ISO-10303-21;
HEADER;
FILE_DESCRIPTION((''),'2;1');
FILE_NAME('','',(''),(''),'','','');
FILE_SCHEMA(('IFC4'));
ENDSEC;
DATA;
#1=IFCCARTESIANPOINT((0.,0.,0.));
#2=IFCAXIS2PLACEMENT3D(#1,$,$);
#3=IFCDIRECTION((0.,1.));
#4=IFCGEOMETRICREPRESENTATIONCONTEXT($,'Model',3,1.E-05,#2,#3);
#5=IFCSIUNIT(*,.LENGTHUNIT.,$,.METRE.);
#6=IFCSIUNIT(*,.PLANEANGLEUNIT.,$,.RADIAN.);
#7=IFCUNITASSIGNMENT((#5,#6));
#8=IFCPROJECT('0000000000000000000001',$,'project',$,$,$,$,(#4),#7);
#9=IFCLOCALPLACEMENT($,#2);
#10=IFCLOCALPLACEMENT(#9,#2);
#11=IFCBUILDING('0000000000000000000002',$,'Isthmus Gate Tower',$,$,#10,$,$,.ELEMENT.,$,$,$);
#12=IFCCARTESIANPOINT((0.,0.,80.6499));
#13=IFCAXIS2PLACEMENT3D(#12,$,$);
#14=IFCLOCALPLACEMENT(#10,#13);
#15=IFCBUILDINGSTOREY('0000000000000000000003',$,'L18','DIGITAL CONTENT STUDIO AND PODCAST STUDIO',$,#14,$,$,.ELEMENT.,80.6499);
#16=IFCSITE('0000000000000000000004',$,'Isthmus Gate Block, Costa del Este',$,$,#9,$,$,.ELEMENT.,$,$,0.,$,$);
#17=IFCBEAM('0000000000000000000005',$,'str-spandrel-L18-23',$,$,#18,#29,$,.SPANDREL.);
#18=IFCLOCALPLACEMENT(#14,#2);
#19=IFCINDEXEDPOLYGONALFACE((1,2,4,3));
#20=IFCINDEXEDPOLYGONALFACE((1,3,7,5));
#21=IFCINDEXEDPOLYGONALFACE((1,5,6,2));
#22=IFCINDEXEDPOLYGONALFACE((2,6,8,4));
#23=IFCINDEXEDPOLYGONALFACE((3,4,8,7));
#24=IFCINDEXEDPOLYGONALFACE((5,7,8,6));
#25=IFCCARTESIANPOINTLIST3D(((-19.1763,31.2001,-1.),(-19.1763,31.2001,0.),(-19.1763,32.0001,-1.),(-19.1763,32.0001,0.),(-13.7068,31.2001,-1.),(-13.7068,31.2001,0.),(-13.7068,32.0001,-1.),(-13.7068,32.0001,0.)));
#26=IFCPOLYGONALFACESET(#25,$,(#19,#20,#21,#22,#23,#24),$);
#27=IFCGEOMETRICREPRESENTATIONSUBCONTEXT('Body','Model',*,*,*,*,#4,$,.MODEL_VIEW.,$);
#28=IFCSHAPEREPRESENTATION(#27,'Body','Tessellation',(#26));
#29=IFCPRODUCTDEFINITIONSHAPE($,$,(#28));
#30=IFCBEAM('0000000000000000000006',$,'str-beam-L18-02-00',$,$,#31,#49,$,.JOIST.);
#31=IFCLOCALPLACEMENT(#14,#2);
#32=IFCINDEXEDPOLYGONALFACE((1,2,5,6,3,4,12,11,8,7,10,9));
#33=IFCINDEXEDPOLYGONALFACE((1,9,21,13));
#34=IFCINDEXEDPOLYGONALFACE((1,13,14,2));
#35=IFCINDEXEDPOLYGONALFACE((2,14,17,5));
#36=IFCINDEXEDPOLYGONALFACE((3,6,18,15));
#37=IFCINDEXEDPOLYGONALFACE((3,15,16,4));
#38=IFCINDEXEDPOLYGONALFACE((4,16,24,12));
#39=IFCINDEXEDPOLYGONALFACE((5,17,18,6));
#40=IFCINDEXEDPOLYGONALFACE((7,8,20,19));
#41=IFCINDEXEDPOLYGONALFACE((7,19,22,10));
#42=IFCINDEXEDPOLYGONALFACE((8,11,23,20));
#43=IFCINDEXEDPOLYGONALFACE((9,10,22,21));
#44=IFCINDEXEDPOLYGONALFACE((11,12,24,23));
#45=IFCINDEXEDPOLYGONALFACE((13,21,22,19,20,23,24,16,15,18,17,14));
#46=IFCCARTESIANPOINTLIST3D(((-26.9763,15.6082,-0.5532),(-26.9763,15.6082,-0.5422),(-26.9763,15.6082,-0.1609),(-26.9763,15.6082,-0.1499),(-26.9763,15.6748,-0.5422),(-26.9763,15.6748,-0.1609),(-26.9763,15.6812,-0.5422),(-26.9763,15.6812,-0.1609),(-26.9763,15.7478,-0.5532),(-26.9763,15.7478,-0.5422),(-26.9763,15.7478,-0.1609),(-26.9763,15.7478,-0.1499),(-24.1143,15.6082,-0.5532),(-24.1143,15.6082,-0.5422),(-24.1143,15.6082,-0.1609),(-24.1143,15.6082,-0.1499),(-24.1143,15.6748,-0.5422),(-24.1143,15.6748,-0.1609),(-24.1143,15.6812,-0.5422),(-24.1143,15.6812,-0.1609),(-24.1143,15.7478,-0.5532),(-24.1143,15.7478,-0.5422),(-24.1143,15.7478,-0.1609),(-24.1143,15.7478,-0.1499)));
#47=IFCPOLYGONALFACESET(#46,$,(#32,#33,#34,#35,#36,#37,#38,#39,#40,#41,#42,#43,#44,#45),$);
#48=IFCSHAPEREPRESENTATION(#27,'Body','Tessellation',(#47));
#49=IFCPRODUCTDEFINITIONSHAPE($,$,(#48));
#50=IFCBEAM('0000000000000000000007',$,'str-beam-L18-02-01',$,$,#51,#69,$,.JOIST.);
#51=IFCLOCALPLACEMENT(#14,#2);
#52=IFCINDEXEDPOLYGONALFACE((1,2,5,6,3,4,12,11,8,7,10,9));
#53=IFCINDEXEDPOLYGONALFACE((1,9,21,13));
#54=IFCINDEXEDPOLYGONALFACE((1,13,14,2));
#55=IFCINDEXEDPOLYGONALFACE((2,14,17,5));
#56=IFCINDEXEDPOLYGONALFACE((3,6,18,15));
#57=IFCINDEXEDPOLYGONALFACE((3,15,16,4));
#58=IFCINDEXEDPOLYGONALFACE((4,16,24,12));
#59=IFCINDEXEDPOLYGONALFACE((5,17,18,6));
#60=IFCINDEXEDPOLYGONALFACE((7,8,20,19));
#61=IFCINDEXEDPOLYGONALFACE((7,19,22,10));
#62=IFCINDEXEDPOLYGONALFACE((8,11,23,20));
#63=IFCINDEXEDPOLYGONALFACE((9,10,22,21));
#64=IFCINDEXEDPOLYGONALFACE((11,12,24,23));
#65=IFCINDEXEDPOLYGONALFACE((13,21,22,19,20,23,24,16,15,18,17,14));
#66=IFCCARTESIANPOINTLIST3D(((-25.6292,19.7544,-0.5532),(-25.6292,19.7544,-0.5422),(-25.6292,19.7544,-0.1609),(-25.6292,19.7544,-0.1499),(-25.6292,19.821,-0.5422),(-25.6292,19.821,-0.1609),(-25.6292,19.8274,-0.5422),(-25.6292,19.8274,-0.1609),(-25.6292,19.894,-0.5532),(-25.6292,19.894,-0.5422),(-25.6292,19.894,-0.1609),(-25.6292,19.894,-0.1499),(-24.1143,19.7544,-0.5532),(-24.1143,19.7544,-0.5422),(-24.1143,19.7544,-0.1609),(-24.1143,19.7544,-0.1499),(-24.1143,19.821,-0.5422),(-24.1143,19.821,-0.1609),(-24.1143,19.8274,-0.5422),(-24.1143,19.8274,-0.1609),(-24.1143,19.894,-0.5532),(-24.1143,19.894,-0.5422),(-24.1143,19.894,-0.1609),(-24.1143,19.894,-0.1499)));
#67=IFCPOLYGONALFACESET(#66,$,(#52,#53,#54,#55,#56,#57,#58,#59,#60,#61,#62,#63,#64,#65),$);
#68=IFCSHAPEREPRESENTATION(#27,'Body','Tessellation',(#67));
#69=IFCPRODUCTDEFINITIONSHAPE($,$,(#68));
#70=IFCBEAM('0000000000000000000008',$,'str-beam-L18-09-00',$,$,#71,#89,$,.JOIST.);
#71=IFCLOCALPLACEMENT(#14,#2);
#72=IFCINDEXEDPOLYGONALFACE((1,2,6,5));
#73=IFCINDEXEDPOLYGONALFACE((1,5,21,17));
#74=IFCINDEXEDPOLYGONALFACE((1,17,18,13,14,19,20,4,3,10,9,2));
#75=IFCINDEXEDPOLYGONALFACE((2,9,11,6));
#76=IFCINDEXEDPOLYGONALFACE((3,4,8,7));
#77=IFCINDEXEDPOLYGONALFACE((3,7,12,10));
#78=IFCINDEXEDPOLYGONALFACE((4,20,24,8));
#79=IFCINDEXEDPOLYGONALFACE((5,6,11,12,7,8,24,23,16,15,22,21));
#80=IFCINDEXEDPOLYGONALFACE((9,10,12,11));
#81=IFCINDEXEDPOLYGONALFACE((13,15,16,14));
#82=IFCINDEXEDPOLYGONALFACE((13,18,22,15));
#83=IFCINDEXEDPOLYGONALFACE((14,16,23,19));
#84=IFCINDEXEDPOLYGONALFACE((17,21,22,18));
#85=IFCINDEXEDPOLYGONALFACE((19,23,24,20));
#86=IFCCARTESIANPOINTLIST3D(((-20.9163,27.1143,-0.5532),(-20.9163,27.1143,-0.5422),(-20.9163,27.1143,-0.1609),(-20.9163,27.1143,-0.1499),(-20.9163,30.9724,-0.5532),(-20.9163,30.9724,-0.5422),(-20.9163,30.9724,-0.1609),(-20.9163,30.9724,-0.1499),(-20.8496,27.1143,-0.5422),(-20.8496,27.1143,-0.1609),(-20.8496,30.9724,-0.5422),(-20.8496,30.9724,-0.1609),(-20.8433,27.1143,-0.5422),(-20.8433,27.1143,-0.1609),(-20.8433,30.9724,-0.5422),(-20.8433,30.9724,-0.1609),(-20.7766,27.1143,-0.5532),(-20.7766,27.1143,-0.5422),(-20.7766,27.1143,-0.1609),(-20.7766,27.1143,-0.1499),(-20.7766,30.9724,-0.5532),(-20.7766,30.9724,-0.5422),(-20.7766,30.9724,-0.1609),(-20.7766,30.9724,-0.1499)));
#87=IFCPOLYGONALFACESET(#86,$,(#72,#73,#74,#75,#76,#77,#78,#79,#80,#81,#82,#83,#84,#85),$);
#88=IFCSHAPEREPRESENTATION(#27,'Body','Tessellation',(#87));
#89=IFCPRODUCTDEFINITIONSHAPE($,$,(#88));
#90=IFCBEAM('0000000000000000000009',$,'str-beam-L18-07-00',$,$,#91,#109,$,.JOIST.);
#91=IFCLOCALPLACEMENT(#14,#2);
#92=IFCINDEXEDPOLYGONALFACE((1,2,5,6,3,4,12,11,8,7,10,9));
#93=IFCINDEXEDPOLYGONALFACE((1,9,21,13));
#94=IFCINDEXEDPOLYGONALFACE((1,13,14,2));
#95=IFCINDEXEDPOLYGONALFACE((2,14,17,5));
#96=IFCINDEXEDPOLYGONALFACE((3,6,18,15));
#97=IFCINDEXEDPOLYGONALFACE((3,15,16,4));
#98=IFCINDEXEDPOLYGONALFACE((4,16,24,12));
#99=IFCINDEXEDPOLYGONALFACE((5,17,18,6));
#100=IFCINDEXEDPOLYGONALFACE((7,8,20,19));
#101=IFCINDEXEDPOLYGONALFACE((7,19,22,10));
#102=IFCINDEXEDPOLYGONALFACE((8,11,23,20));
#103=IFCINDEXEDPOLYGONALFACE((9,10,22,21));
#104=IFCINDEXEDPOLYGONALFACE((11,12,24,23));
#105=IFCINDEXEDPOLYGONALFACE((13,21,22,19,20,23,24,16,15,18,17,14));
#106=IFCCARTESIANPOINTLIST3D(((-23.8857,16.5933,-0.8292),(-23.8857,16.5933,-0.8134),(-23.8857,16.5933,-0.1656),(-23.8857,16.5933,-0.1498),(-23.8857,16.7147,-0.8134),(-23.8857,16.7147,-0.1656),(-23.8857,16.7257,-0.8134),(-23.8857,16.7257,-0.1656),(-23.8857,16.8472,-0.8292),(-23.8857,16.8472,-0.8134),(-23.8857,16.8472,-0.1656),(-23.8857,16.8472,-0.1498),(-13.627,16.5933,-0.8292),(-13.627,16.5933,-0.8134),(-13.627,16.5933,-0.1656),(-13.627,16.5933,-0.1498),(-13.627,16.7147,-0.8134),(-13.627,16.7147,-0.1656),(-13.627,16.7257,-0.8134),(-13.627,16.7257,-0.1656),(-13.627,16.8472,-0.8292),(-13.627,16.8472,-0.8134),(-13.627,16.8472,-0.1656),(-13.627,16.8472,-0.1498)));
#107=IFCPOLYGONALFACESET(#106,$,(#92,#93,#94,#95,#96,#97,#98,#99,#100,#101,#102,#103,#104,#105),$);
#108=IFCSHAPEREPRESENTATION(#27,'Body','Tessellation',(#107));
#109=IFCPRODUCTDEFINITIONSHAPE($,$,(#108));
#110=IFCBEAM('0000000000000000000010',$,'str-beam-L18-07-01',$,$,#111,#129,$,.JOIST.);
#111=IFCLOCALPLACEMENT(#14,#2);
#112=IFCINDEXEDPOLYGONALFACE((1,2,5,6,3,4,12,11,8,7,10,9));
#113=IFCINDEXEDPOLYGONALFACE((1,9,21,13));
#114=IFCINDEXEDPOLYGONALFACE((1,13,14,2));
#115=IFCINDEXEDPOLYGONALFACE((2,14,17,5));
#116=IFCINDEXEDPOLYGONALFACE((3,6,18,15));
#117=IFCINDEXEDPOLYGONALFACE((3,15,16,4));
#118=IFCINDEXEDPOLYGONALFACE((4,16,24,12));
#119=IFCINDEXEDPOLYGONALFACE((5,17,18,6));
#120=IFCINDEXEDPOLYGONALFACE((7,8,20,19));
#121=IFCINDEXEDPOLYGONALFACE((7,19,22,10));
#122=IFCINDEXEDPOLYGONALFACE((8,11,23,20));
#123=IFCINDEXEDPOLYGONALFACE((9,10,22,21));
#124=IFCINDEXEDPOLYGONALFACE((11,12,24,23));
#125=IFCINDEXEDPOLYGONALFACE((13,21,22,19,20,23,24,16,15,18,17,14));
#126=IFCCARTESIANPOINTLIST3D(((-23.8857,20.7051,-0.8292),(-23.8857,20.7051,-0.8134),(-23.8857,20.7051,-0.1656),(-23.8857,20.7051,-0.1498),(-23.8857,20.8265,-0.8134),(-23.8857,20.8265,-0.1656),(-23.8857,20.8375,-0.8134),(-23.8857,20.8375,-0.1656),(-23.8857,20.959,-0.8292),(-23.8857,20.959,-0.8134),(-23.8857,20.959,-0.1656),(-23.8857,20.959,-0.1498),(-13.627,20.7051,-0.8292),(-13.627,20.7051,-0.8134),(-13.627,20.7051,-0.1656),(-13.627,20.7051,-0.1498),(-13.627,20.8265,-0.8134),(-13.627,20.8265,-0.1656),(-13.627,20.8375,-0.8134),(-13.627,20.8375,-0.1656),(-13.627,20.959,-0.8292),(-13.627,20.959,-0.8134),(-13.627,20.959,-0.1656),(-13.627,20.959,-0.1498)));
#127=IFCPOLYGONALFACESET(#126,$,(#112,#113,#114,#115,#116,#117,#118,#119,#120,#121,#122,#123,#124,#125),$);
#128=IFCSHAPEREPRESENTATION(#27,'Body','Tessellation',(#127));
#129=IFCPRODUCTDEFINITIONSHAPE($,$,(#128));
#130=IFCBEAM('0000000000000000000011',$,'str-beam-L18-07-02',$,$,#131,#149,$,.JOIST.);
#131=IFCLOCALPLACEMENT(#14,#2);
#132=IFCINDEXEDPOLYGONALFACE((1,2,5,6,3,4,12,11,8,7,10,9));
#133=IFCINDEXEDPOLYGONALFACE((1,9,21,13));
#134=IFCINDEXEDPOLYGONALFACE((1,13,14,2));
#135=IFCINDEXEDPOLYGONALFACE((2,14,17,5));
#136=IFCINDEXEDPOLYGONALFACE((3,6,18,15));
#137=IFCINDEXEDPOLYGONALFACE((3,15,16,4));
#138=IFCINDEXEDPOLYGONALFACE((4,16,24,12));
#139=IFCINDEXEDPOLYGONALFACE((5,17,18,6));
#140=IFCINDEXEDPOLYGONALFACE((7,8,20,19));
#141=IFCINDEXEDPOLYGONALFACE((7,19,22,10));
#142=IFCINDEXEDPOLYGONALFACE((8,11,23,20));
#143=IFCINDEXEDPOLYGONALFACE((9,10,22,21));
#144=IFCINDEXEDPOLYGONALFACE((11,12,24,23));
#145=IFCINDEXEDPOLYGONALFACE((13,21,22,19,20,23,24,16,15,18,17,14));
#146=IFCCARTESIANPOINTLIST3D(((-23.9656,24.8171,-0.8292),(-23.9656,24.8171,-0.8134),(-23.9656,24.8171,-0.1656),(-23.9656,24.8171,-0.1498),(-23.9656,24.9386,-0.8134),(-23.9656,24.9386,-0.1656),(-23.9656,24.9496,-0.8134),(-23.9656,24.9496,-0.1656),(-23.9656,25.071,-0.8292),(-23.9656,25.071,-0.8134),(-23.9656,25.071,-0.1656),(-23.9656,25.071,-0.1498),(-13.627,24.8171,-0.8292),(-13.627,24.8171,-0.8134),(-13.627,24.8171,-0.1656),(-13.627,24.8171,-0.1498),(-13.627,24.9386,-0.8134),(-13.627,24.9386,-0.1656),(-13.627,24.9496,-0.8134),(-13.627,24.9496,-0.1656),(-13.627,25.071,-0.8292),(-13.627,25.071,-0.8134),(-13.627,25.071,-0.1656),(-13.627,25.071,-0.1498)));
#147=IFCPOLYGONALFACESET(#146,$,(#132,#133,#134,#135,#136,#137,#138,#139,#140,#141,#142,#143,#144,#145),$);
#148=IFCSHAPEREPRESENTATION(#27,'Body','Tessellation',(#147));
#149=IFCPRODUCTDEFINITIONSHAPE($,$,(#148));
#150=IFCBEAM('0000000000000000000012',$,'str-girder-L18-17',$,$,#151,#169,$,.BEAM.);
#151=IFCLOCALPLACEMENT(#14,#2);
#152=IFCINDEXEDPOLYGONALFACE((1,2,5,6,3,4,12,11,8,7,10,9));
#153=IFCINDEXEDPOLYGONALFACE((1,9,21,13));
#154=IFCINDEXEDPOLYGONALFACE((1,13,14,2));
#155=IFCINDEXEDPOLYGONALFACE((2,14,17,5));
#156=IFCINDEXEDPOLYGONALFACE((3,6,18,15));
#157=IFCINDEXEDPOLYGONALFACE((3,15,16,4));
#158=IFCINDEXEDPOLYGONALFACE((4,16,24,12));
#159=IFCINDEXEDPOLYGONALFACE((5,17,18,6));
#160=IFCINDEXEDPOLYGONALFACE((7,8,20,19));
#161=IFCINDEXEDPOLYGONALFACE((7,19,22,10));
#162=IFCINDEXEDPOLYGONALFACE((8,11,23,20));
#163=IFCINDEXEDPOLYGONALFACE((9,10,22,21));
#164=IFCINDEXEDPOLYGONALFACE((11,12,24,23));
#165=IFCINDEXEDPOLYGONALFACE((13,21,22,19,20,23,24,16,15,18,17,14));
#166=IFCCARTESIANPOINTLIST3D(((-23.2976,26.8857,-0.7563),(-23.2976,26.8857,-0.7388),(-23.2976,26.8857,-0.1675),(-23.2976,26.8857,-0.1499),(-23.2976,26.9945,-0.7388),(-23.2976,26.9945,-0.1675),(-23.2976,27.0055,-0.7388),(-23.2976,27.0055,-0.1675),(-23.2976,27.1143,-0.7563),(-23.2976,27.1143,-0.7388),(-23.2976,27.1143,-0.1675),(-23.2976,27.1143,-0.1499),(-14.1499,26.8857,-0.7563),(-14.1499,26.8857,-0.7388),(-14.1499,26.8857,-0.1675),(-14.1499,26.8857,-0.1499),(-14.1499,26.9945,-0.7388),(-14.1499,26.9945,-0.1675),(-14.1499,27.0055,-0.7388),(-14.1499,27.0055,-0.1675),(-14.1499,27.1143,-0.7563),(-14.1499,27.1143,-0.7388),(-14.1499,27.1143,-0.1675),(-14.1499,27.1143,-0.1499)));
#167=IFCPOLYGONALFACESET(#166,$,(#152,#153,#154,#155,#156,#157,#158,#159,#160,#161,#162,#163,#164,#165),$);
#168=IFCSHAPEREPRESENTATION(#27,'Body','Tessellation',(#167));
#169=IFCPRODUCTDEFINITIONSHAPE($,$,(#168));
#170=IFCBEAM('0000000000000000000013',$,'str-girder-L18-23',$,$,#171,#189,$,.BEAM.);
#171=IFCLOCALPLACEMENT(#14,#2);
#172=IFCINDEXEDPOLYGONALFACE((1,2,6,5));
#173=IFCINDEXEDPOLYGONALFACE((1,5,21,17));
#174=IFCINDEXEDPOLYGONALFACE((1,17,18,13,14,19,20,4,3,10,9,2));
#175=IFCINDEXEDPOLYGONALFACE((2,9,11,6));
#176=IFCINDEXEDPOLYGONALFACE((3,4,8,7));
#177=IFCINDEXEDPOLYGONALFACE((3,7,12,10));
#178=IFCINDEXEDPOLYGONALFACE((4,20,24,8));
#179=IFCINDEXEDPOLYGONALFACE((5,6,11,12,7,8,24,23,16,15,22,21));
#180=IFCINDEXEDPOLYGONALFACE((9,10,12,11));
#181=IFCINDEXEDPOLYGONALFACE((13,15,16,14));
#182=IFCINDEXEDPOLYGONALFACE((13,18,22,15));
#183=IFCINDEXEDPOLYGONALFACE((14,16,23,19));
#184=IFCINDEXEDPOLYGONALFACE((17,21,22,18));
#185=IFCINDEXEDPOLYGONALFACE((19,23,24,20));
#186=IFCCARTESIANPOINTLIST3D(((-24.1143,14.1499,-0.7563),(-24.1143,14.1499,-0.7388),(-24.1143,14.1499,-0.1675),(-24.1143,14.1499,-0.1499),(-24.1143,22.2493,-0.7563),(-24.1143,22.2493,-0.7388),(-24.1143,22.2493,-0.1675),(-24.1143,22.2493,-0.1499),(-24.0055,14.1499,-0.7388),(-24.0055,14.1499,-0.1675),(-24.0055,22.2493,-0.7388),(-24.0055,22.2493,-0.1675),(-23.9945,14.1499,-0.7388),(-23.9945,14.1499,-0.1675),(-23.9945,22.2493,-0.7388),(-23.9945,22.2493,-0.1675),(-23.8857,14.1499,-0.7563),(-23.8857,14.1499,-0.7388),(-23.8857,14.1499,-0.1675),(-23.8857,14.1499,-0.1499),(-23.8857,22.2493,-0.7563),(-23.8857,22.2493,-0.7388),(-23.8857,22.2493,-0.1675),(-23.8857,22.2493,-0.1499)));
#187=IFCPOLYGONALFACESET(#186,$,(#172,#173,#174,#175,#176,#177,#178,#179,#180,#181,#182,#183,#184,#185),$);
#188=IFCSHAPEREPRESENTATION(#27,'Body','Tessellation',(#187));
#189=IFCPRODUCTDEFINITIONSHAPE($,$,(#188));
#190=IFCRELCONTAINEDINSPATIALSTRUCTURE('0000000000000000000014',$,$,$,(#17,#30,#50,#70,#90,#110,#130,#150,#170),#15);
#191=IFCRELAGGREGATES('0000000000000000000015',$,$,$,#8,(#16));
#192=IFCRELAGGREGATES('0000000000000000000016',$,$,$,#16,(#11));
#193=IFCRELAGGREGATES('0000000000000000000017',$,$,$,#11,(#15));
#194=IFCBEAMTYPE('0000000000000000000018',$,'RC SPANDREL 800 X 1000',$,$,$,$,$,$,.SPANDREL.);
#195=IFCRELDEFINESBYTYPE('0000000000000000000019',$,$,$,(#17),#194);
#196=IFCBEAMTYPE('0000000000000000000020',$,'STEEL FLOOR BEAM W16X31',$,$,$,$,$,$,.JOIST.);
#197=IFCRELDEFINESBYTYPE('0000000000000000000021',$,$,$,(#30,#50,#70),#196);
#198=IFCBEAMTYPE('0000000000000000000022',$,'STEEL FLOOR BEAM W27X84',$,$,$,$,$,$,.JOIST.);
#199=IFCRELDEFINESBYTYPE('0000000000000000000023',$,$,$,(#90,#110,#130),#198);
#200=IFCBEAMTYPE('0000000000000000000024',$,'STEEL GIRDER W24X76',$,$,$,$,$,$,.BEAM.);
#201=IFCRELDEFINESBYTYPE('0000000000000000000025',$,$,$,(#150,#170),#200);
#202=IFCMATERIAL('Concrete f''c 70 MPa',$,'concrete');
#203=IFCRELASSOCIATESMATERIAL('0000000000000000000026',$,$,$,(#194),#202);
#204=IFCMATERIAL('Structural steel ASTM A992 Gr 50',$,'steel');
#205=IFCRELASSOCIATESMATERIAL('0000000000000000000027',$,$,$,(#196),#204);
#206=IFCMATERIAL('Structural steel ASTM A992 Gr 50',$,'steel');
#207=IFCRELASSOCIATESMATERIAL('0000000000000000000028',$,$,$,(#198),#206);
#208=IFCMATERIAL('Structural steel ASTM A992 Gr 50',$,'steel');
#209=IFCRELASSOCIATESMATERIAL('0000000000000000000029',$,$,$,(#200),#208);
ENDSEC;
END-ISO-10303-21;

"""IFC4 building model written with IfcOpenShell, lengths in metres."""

from ifc_helpers import new_model, si_unit, direction, frame, origin, origin_2d, place, context, subcontext, project, spatial, rectangle, i_section, extrude, material, material_profile, profile_set, type_object, element, save


model = new_model("IFC4")

# Units and contexts
model_context = context("Model", 3, precision=1e-05, world=origin(), true_north=direction((0.0, 1.0)))
body_context = subcontext(model_context, "Body", "Model", "MODEL_VIEW")
ifc_project = project(units=[si_unit("LENGTHUNIT", "METRE"), si_unit("PLANEANGLEUNIT", "RADIAN")], contexts=[model_context])

# Site, building, storey
site_placement = place(None, origin())
site = spatial("IfcSite", under=ifc_project, at=site_placement, Name="Isthmus Gate Block, Costa del Este", CompositionType="ELEMENT", RefElevation=0.0)
building_placement = place(site_placement, origin())
building = spatial("IfcBuilding", under=site, at=building_placement, Name="Isthmus Gate Tower", CompositionType="ELEMENT")
storey_placement = place(building_placement, frame((0.0, 0.0, 80.6499)))
storey = spatial("IfcBuildingStorey", under=building, at=storey_placement, Name="L18", Description="DIGITAL CONTENT STUDIO AND PODCAST STUDIO", CompositionType="ELEMENT", Elevation=80.6499)

# Beams
ifc_material_1 = material(Name="Concrete f'c 70 MPa", Category="concrete")
ifc_material_profile_1 = material_profile(ifc_material_1, rectangle(XDim=0.8, YDim=1.0, at=origin_2d()), Name="RC 800X1000")
ifc_profile_set_1 = profile_set([ifc_material_profile_1], Name="Concrete f'c 70 MPa")
beam_type_1 = type_object("IfcBeamType", Name="RC SPANDREL 800 X 1000", PredefinedType="SPANDREL", material=ifc_profile_set_1)
beam_1_placement = place(storey_placement, frame((-19.1763, 31.6001, -0.5), z_axis=(1.0, 0.0, 0.0), x_axis=(0.0, 1.0, 0.0)))
element("IfcBeam", 1, at=beam_1_placement, inside=storey, type_object=beam_type_1, Name="str-spandrel-L18-23", PredefinedType="SPANDREL", context=body_context, shape_type="SweptSolid", body=[
    extrude(rectangle(XDim=0.8, YDim=1.0, at=origin_2d()), origin(), (0.0, 0.0, 1.0), 5.4695),
])
ifc_material_2 = material(Name="Structural steel ASTM A992 Gr 50", Category="steel")
ifc_material_profile_2 = material_profile(ifc_material_2, i_section(OverallWidth=0.1396, OverallDepth=0.4033, WebThickness=0.0063, FlangeThickness=0.011, at=origin_2d()), Name="W16X31")
ifc_profile_set_2 = profile_set([ifc_material_profile_2], Name="Structural steel ASTM A992 Gr 50")
beam_type_2 = type_object("IfcBeamType", Name="STEEL FLOOR BEAM W16X31", PredefinedType="JOIST", material=ifc_profile_set_2)
beam_2_placement = place(storey_placement, frame((-26.9763, 15.678, -0.3516), z_axis=(1.0, 0.0, 0.0), x_axis=(0.0, 1.0, 0.0)))
element("IfcBeam", 2, at=beam_2_placement, inside=storey, type_object=beam_type_2, Name="str-beam-L18-02-00", PredefinedType="JOIST", context=body_context, shape_type="SweptSolid", body=[
    extrude(i_section(OverallWidth=0.1396, OverallDepth=0.4033, WebThickness=0.0063, FlangeThickness=0.011, at=origin_2d()), origin(), (0.0, 0.0, 1.0), 2.8621),
])
beam_3_placement = place(storey_placement, frame((-25.6292, 19.8242, -0.3516), z_axis=(1.0, 0.0, 0.0), x_axis=(0.0, 1.0, 0.0)))
element("IfcBeam", 3, at=beam_3_placement, inside=storey, type_object=beam_type_2, Name="str-beam-L18-02-01", PredefinedType="JOIST", context=body_context, shape_type="SweptSolid", body=[
    extrude(i_section(OverallWidth=0.1396, OverallDepth=0.4033, WebThickness=0.0063, FlangeThickness=0.011, at=origin_2d()), origin(), (0.0, 0.0, 1.0), 1.5149),
])
beam_4_placement = place(storey_placement, frame((-20.8464, 27.1143, -0.3516), z_axis=(0.0, 1.0, 0.0), x_axis=(-1.0, 0.0, 0.0)))
element("IfcBeam", 4, at=beam_4_placement, inside=storey, type_object=beam_type_2, Name="str-beam-L18-09-00", PredefinedType="JOIST", context=body_context, shape_type="SweptSolid", body=[
    extrude(i_section(OverallWidth=0.1396, OverallDepth=0.4033, WebThickness=0.0063, FlangeThickness=0.011, at=origin_2d()), origin(), (0.0, 0.0, 1.0), 3.8582),
])
ifc_material_3 = material(Name="Structural steel ASTM A992 Gr 50", Category="steel")
ifc_material_profile_3 = material_profile(ifc_material_3, i_section(OverallWidth=0.2539, OverallDepth=0.6794, WebThickness=0.011, FlangeThickness=0.0159, at=origin_2d()), Name="W27X84")
ifc_profile_set_3 = profile_set([ifc_material_profile_3], Name="Structural steel ASTM A992 Gr 50")
beam_type_3 = type_object("IfcBeamType", Name="STEEL FLOOR BEAM W27X84", PredefinedType="JOIST", material=ifc_profile_set_3)
for number, where, z_axis, x_axis, name in (
    (5, (-23.8857, 16.7202, -0.4895), (1.0, 0.0, 0.0), (0.0, 1.0, 0.0), "str-beam-L18-07-00"),
    (6, (-23.8857, 20.832, -0.4895), (1.0, 0.0, 0.0), (0.0, 1.0, 0.0), "str-beam-L18-07-01"),
):
    element("IfcBeam", number, at=place(storey_placement, frame(where, z_axis=z_axis, x_axis=x_axis)), inside=storey, type_object=beam_type_3, Name=name, PredefinedType="JOIST", context=body_context, shape_type="SweptSolid", body=[
        extrude(i_section(OverallWidth=0.2539, OverallDepth=0.6794, WebThickness=0.011, FlangeThickness=0.0159, at=origin_2d()), origin(), (0.0, 0.0, 1.0), 10.2588),
    ])
beam_5_placement = place(storey_placement, frame((-23.9656, 24.9441, -0.4895), z_axis=(1.0, 0.0, 0.0), x_axis=(0.0, 1.0, 0.0)))
element("IfcBeam", 7, at=beam_5_placement, inside=storey, type_object=beam_type_3, Name="str-beam-L18-07-02", PredefinedType="JOIST", context=body_context, shape_type="SweptSolid", body=[
    extrude(i_section(OverallWidth=0.2539, OverallDepth=0.6794, WebThickness=0.011, FlangeThickness=0.0159, at=origin_2d()), origin(), (0.0, 0.0, 1.0), 10.3386),
])
ifc_material_4 = material(Name="Structural steel ASTM A992 Gr 50", Category="steel")
ifc_material_profile_4 = material_profile(ifc_material_4, i_section(OverallWidth=0.2285, OverallDepth=0.6064, WebThickness=0.011, FlangeThickness=0.0176, at=origin_2d()), Name="W24X76")
ifc_profile_set_4 = profile_set([ifc_material_profile_4], Name="Structural steel ASTM A992 Gr 50")
beam_type_4 = type_object("IfcBeamType", Name="STEEL GIRDER W24X76", PredefinedType="BEAM", material=ifc_profile_set_4)
beam_6_placement = place(storey_placement, frame((-23.2976, 27.0, -0.4531), z_axis=(1.0, 0.0, 0.0), x_axis=(0.0, 1.0, 0.0)))
element("IfcBeam", 8, at=beam_6_placement, inside=storey, type_object=beam_type_4, Name="str-girder-L18-17", PredefinedType="BEAM", context=body_context, shape_type="SweptSolid", body=[
    extrude(i_section(OverallWidth=0.2285, OverallDepth=0.6064, WebThickness=0.011, FlangeThickness=0.0176, at=origin_2d()), origin(), (0.0, 0.0, 1.0), 9.1477),
])
beam_7_placement = place(storey_placement, frame((-24.0, 14.1499, -0.4531), z_axis=(0.0, 1.0, 0.0), x_axis=(-1.0, 0.0, 0.0)))
element("IfcBeam", 9, at=beam_7_placement, inside=storey, type_object=beam_type_4, Name="str-girder-L18-23", PredefinedType="BEAM", context=body_context, shape_type="SweptSolid", body=[
    extrude(i_section(OverallWidth=0.2285, OverallDepth=0.6064, WebThickness=0.011, FlangeThickness=0.0176, at=origin_2d()), origin(), (0.0, 0.0, 1.0), 8.0994),
])

save(model, "model.ifc")
